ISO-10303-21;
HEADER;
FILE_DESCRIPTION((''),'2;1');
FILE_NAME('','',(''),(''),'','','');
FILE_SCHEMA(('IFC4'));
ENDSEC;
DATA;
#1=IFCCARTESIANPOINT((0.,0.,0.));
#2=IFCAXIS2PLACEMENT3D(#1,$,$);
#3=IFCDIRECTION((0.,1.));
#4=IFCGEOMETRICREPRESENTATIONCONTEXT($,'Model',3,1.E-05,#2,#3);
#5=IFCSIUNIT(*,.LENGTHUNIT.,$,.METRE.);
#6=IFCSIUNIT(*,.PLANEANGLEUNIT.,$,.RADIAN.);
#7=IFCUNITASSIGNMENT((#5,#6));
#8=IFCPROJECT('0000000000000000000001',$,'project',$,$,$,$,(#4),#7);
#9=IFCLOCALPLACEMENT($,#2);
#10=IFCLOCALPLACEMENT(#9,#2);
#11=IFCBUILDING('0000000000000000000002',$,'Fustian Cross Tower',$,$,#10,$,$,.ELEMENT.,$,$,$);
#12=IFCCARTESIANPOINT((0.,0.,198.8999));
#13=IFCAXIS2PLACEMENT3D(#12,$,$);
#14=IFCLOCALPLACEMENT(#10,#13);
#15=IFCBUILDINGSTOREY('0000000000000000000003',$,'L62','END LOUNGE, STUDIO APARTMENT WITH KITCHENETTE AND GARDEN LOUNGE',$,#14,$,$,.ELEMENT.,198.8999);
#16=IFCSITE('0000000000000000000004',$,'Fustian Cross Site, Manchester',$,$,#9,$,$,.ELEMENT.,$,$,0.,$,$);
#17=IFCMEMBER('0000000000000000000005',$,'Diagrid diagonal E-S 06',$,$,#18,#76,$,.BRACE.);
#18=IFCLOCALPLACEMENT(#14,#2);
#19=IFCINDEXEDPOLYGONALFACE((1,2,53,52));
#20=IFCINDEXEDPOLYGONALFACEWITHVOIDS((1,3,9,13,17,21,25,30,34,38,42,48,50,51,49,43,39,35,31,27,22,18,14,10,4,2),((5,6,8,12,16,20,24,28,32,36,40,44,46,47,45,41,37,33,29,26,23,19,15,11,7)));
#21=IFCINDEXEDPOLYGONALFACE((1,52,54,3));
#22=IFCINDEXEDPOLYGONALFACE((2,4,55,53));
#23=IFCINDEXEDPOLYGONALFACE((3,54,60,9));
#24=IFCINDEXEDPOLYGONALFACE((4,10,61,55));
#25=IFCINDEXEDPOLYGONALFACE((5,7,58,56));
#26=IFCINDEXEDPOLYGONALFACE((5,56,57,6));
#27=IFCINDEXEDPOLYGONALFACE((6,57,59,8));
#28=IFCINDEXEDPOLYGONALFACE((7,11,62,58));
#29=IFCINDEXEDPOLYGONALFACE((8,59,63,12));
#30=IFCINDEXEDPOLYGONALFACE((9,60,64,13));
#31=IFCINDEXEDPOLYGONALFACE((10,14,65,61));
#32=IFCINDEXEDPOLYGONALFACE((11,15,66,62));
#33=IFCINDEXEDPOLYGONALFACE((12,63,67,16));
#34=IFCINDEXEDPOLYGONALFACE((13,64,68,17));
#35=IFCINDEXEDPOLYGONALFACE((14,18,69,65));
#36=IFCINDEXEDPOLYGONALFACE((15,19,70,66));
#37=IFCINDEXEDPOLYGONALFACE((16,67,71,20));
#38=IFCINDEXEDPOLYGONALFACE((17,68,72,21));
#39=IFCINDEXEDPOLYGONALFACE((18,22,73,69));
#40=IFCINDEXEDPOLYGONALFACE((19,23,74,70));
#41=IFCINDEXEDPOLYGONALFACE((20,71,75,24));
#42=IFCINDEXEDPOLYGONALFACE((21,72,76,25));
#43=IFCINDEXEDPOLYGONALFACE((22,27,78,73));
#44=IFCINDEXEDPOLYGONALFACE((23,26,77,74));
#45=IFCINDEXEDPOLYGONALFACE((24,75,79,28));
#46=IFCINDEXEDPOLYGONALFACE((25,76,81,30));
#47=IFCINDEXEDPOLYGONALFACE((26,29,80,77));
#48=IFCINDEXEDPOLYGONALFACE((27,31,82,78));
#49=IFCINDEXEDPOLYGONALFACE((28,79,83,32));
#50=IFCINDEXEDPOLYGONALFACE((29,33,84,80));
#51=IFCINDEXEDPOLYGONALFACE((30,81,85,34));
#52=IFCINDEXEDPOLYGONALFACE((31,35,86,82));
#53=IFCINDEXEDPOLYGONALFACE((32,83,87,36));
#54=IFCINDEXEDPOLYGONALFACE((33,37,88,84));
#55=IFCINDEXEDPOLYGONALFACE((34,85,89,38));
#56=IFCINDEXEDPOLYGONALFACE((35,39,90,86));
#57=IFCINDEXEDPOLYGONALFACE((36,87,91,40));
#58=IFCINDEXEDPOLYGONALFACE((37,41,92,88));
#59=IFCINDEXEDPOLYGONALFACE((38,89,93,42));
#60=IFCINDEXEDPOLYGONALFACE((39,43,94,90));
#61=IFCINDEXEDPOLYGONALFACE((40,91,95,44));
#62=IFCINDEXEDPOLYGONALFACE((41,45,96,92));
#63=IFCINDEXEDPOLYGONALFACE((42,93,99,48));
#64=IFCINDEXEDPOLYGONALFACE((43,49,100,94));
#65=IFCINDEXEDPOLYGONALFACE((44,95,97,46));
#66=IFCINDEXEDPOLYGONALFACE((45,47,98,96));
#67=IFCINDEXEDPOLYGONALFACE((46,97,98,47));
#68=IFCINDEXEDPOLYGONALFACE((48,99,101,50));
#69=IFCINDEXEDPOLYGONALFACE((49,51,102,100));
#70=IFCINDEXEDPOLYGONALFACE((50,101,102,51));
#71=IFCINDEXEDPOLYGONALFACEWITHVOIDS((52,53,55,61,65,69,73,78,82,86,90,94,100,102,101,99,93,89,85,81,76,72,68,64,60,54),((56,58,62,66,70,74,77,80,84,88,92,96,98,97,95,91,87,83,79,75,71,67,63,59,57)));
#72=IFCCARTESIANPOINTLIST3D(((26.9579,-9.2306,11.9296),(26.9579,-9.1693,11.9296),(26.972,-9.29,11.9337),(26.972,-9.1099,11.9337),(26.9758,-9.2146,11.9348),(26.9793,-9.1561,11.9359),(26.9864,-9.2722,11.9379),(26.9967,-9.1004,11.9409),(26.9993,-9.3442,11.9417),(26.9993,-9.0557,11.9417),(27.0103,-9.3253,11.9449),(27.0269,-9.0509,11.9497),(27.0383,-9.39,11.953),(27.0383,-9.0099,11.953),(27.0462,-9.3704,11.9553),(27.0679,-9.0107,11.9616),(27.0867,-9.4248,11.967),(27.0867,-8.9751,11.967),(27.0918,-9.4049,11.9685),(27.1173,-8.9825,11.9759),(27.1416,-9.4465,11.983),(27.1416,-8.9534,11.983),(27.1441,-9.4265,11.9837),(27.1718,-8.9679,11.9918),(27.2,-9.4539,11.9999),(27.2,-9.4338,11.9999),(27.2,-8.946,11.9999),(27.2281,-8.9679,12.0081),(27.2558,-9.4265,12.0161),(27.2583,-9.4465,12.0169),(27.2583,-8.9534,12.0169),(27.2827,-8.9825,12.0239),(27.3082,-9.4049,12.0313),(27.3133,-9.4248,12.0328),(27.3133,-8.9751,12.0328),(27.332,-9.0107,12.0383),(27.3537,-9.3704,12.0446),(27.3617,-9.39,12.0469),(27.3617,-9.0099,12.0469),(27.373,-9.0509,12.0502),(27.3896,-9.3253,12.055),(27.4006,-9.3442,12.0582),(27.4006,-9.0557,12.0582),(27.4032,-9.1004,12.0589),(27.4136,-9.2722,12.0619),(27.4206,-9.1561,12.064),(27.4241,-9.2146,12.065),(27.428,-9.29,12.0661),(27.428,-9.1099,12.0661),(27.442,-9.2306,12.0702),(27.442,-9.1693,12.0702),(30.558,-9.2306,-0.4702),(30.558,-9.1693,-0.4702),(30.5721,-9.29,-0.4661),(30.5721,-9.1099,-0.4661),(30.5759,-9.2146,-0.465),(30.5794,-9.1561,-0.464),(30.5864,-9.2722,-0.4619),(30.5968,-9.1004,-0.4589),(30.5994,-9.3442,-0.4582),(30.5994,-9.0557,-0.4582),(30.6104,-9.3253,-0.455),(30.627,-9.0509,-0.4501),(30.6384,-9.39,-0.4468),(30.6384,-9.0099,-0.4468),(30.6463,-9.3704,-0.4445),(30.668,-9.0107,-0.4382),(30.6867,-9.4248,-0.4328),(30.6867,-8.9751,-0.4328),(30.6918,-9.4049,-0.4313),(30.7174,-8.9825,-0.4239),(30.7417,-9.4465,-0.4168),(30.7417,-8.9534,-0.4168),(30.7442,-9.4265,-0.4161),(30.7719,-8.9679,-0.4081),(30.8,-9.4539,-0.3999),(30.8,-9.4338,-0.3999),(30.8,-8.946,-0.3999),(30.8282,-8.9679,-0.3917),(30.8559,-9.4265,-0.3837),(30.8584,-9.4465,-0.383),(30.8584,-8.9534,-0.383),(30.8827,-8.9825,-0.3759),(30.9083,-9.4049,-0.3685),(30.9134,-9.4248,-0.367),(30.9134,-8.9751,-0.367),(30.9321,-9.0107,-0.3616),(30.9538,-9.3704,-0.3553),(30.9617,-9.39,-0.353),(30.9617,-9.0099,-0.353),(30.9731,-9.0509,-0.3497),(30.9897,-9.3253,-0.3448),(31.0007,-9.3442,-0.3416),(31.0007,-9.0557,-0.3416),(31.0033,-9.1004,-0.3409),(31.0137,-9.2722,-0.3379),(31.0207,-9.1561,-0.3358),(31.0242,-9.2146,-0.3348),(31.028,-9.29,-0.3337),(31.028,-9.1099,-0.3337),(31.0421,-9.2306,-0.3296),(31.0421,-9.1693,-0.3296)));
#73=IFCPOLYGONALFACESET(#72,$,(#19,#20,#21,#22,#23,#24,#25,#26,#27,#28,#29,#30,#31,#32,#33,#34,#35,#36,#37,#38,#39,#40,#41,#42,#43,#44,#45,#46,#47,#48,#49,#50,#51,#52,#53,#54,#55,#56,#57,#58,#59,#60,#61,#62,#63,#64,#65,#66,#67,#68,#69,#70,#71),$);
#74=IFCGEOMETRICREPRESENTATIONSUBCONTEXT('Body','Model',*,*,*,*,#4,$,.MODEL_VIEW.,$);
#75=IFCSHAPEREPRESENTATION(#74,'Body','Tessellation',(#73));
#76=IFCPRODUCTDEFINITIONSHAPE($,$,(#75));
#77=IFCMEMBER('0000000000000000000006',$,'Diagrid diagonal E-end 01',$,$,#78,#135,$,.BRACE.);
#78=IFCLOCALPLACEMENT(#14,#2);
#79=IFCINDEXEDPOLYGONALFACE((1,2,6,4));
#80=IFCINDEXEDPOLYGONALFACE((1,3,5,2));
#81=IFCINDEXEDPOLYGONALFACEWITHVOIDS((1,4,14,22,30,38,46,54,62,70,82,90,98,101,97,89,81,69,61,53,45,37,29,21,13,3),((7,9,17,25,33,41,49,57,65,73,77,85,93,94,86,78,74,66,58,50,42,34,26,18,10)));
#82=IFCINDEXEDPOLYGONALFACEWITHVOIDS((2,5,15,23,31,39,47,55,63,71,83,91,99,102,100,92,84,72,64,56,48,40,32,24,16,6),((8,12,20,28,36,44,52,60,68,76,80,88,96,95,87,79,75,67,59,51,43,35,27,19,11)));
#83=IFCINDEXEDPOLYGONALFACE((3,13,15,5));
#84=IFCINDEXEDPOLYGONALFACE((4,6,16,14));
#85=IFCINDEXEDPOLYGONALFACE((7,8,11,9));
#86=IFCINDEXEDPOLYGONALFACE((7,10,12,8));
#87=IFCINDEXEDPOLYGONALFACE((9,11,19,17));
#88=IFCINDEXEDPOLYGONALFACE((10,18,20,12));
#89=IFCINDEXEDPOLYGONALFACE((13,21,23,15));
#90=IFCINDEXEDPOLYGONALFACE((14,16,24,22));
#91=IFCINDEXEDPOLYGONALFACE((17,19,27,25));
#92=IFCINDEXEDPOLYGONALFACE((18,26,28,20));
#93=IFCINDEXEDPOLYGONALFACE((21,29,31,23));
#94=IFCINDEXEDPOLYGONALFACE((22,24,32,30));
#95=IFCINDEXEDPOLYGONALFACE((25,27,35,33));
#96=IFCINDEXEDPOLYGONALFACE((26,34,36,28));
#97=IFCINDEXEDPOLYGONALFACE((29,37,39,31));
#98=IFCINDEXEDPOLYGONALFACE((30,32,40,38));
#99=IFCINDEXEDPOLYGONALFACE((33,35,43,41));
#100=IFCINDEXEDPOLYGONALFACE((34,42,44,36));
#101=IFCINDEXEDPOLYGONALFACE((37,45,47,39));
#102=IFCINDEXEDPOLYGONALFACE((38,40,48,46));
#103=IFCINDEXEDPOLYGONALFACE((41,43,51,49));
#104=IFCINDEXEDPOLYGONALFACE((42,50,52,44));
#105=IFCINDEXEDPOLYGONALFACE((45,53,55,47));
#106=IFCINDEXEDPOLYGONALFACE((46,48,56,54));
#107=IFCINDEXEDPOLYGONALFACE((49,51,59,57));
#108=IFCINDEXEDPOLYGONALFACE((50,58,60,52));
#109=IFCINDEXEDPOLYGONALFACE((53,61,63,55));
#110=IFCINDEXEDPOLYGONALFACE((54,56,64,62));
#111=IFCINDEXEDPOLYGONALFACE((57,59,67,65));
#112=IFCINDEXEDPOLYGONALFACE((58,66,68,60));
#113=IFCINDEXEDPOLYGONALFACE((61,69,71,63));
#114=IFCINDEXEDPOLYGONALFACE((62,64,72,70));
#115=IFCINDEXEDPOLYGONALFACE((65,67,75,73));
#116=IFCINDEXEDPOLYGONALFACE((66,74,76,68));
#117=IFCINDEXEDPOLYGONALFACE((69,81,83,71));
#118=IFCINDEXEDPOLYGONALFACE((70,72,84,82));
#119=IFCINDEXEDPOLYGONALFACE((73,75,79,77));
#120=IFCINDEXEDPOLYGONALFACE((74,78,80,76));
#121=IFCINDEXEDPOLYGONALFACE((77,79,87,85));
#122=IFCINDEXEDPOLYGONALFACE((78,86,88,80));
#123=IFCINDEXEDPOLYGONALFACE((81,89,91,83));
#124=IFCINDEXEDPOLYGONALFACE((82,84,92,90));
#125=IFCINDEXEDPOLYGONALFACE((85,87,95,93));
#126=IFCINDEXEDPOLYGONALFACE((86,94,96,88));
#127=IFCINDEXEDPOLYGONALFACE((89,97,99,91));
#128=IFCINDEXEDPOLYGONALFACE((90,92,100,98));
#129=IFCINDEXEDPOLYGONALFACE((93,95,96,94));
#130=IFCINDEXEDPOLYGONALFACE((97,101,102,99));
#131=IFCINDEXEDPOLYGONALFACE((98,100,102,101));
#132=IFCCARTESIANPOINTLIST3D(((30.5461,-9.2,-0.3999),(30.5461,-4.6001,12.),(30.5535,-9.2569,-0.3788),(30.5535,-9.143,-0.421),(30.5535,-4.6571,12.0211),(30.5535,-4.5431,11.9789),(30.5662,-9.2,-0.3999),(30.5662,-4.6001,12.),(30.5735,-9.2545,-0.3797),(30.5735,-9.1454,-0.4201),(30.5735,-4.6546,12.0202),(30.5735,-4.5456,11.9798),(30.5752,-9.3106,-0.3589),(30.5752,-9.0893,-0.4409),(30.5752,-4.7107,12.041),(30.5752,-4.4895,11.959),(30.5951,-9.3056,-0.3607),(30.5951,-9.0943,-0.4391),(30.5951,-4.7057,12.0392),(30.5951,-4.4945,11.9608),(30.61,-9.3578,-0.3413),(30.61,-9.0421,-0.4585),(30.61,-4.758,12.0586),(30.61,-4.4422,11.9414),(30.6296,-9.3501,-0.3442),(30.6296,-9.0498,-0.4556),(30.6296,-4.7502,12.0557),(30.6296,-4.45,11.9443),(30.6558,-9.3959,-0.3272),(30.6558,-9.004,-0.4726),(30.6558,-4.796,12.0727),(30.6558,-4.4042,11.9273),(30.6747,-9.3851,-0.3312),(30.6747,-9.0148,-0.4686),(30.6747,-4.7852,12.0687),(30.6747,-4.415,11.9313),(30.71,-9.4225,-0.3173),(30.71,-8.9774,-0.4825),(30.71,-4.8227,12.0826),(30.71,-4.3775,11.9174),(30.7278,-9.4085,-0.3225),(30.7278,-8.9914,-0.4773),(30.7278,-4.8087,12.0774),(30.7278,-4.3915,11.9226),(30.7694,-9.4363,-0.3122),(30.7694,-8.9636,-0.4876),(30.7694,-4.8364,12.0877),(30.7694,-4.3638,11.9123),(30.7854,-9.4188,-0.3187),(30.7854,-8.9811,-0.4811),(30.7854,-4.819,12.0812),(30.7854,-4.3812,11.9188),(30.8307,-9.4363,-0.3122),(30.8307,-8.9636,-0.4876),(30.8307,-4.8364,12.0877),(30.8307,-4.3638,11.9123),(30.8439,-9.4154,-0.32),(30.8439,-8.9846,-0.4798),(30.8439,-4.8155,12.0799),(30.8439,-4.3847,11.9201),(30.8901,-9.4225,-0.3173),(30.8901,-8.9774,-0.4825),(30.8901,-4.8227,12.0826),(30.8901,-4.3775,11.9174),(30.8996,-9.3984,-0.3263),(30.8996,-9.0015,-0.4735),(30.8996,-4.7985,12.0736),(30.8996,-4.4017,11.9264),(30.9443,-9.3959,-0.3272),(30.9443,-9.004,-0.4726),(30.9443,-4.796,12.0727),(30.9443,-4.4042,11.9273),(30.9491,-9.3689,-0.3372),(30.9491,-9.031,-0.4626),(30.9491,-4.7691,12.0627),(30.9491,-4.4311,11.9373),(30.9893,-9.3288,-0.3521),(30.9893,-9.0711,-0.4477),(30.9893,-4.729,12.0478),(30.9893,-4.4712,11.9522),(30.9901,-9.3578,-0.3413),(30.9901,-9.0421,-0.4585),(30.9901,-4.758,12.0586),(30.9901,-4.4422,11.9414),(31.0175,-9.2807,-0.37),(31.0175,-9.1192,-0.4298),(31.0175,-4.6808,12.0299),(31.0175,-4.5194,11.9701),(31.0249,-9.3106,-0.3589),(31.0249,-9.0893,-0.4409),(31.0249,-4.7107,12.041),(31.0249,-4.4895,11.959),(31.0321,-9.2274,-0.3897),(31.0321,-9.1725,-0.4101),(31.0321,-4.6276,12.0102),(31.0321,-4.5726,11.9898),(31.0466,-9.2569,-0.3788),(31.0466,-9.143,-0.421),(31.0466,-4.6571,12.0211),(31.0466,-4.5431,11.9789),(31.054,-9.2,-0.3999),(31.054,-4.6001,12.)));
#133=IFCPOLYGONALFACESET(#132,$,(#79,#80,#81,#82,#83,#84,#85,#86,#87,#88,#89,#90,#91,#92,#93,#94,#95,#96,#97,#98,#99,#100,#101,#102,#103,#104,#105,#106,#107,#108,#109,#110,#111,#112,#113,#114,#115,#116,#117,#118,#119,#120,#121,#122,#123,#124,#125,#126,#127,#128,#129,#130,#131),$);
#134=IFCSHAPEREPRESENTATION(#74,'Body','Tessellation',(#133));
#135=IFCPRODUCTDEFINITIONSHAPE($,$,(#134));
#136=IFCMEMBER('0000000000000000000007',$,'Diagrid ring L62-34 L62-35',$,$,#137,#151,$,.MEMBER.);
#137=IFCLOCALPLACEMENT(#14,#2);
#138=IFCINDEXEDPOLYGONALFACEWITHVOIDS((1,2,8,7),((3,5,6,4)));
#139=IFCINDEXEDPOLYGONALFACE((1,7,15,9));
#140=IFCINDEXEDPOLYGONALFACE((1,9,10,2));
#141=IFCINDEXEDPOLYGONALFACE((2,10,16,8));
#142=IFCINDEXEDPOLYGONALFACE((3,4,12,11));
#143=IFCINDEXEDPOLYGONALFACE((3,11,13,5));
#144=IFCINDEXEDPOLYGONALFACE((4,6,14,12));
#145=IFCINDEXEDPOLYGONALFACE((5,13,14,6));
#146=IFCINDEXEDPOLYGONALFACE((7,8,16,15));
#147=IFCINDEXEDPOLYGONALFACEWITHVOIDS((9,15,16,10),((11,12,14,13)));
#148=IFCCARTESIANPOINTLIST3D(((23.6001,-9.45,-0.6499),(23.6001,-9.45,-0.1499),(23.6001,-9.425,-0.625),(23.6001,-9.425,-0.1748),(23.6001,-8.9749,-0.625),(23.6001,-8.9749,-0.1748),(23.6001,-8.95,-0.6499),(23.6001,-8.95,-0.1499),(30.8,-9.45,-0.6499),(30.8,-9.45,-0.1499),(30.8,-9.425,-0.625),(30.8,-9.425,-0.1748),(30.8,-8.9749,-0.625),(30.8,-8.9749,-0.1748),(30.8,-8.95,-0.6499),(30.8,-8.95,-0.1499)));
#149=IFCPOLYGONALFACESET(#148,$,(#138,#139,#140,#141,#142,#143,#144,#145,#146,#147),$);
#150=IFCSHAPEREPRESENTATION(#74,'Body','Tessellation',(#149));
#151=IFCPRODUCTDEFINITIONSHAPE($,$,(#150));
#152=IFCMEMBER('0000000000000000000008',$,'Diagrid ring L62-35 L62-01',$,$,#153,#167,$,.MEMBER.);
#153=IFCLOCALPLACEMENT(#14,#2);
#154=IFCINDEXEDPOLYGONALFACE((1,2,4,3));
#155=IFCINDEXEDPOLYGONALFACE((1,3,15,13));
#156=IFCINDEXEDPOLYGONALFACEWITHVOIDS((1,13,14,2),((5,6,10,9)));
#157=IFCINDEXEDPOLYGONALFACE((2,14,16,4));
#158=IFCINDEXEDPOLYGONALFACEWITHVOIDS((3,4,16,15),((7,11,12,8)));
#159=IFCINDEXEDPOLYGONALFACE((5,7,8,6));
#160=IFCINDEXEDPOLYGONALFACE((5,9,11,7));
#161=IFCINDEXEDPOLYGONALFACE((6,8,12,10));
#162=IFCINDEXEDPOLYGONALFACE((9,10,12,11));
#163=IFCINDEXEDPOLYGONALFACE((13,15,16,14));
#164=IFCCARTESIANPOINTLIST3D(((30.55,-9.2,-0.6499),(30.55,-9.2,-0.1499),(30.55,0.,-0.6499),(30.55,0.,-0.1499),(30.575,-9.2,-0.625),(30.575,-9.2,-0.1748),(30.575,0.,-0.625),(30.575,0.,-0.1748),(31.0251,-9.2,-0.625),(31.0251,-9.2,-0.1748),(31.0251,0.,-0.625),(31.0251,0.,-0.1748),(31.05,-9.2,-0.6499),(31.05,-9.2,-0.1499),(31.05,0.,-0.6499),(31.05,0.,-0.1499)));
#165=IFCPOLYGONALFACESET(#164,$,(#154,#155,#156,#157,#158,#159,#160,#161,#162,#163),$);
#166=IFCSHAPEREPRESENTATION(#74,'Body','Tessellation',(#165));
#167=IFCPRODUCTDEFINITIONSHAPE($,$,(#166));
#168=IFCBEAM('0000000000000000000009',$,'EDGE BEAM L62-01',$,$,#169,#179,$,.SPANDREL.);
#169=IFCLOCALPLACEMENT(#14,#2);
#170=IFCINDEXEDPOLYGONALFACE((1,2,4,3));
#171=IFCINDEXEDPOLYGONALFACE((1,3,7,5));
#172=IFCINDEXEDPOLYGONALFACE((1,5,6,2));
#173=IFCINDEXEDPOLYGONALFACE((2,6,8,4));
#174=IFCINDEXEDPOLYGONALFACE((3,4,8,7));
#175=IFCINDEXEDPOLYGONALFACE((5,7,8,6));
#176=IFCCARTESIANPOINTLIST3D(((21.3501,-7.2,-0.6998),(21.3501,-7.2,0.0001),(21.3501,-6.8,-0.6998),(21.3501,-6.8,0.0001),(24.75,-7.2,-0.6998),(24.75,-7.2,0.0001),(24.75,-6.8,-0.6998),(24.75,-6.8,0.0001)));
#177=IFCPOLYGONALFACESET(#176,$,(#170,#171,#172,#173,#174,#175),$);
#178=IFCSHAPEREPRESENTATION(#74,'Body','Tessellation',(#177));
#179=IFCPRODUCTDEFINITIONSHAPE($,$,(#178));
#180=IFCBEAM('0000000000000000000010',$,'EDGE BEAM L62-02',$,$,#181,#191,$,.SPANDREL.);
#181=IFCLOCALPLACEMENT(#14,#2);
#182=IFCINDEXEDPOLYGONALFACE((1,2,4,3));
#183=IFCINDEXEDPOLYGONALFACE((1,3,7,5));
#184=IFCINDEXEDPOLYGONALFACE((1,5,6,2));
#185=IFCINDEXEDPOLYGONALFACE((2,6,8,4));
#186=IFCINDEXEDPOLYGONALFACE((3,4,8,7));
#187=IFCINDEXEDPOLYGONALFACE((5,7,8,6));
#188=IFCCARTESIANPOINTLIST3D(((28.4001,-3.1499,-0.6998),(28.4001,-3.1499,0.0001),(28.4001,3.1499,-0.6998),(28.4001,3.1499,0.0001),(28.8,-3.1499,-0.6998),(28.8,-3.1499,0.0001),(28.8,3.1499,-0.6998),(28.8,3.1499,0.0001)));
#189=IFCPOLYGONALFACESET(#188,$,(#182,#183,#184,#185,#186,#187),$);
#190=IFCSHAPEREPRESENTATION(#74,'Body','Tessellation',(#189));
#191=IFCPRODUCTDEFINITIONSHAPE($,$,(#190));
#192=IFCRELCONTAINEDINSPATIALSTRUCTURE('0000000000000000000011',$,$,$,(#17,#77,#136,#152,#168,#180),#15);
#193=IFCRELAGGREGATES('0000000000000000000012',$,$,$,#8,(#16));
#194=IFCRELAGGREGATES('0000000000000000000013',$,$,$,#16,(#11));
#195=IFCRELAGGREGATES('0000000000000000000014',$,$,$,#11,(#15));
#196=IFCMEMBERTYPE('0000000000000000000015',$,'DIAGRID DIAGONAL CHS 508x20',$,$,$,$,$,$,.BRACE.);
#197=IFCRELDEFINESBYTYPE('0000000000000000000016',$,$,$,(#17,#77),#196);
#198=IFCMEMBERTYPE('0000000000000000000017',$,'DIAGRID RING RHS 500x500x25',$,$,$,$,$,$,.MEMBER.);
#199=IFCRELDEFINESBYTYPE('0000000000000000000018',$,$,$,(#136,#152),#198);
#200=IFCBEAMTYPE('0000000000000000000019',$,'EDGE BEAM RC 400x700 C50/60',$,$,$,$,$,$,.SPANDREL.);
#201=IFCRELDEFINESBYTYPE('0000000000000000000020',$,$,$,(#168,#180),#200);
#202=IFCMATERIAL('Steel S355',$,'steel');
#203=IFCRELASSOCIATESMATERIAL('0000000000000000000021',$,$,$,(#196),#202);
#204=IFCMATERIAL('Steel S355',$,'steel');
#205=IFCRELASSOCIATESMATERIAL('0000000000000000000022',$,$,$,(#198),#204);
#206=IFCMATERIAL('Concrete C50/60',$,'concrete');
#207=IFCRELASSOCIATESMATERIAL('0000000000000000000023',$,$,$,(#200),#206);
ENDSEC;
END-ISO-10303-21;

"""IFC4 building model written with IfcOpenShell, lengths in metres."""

from ifc_helpers import new_model, si_unit, direction, frame, origin, origin_2d, place, context, subcontext, project, spatial, rectangle, hollow_rectangle, hollow_circle, extrude, material, material_profile, profile_set, type_object, element, save


model = new_model("IFC4")

# Units and contexts
model_context = context("Model", 3, precision=1e-05, world=origin(), true_north=direction((0.0, 1.0)))
body_context = subcontext(model_context, "Body", "Model", "MODEL_VIEW")
ifc_project = project(units=[si_unit("LENGTHUNIT", "METRE"), si_unit("PLANEANGLEUNIT", "RADIAN")], contexts=[model_context])

# Site, building, storey
site_placement = place(None, origin())
site = spatial("IfcSite", under=ifc_project, at=site_placement, Name="Fustian Cross Site, Manchester", CompositionType="ELEMENT", RefElevation=0.0)
building_placement = place(site_placement, origin())
building = spatial("IfcBuilding", under=site, at=building_placement, Name="Fustian Cross Tower", CompositionType="ELEMENT")
storey_placement = place(building_placement, frame((0.0, 0.0, 198.8999)))
storey = spatial("IfcBuildingStorey", under=building, at=storey_placement, Name="L62", Description="END LOUNGE, STUDIO APARTMENT WITH KITCHENETTE AND GARDEN LOUNGE", CompositionType="ELEMENT", Elevation=198.8999)

# Members
ifc_material_1 = material(Name="Steel S355", Category="steel")
ifc_material_profile_1 = material_profile(ifc_material_1, hollow_circle(Radius=0.2539, WallThickness=0.02, at=origin_2d()), Name="CHS 508x20")
ifc_profile_set_1 = profile_set([ifc_material_profile_1], Name="Steel S355")
member_type_1 = type_object("IfcMemberType", Name="DIAGRID DIAGONAL CHS 508x20", PredefinedType="BRACE", material=ifc_profile_set_1)
member_1_placement = place(storey_placement, frame((30.8, -9.2, -0.3999), z_axis=(-0.278819, 0.0, 0.960344), x_axis=(0.0, -1.0, 0.0)))
element("IfcMember", 1, at=member_1_placement, inside=storey, type_object=member_type_1, Name="Diagrid diagonal E-S 06", PredefinedType="BRACE", context=body_context, shape_type="SweptSolid", body=[
    extrude(hollow_circle(Radius=0.2539, WallThickness=0.02, at=origin_2d()), origin(), (0.0, 0.0, 1.0), 12.9119),
])
member_2_placement = place(storey_placement, frame((30.8, -9.2, -0.3999), z_axis=(0.0, 0.347799, 0.937569), x_axis=(-1.0, 0.0, 0.0)))
element("IfcMember", 2, at=member_2_placement, inside=storey, type_object=member_type_1, Name="Diagrid diagonal E-end 01", PredefinedType="BRACE", context=body_context, shape_type="SweptSolid", body=[
    extrude(hollow_circle(Radius=0.2539, WallThickness=0.02, at=origin_2d()), origin(), (0.0, 0.0, 1.0), 13.2256),
])
ifc_material_2 = material(Name="Steel S355", Category="steel")
ifc_material_profile_2 = material_profile(ifc_material_2, hollow_rectangle(XDim=0.5, YDim=0.5, WallThickness=0.0249, at=origin_2d()), Name="RHS 500x500x25")
ifc_profile_set_2 = profile_set([ifc_material_profile_2], Name="Steel S355")
member_type_2 = type_object("IfcMemberType", Name="DIAGRID RING RHS 500x500x25", PredefinedType="MEMBER", material=ifc_profile_set_2)
member_3_placement = place(storey_placement, frame((23.6001, -9.2, -0.3999), z_axis=(1.0, 0.0, 0.0), x_axis=(0.0, 1.0, 0.0)))
element("IfcMember", 3, at=member_3_placement, inside=storey, type_object=member_type_2, Name="Diagrid ring L62-34 L62-35", PredefinedType="MEMBER", context=body_context, shape_type="SweptSolid", body=[
    extrude(hollow_rectangle(XDim=0.5, YDim=0.5, WallThickness=0.0249, at=origin_2d()), origin(), (0.0, 0.0, 1.0), 7.2),
])
member_4_placement = place(storey_placement, frame((30.8, -9.2, -0.3999), z_axis=(0.0, 1.0, 0.0), x_axis=(-1.0, 0.0, 0.0)))
element("IfcMember", 4, at=member_4_placement, inside=storey, type_object=member_type_2, Name="Diagrid ring L62-35 L62-01", PredefinedType="MEMBER", context=body_context, shape_type="SweptSolid", body=[
    extrude(hollow_rectangle(XDim=0.5, YDim=0.5, WallThickness=0.0249, at=origin_2d()), origin(), (0.0, 0.0, 1.0), 9.2),
])

# Beams
ifc_material_3 = material(Name="Concrete C50/60", Category="concrete")
ifc_material_profile_3 = material_profile(ifc_material_3, rectangle(XDim=0.3999, YDim=0.7, at=origin_2d()), Name="RC 400x700")
ifc_profile_set_3 = profile_set([ifc_material_profile_3], Name="Concrete C50/60")
beam_type = type_object("IfcBeamType", Name="EDGE BEAM RC 400x700 C50/60", PredefinedType="SPANDREL", material=ifc_profile_set_3)
beam_1_placement = place(storey_placement, frame((21.3501, -7.0, -0.3499), z_axis=(1.0, 0.0, 0.0), x_axis=(0.0, 1.0, 0.0)))
element("IfcBeam", 5, at=beam_1_placement, inside=storey, type_object=beam_type, Name="EDGE BEAM L62-01", PredefinedType="SPANDREL", context=body_context, shape_type="SweptSolid", body=[
    extrude(rectangle(XDim=0.3999, YDim=0.7, at=origin_2d()), origin(), (0.0, 0.0, 1.0), 3.3999),
])
beam_2_placement = place(storey_placement, frame((28.6001, -3.1499, -0.3499), z_axis=(0.0, 1.0, 0.0), x_axis=(-1.0, 0.0, 0.0)))
element("IfcBeam", 6, at=beam_2_placement, inside=storey, type_object=beam_type, Name="EDGE BEAM L62-02", PredefinedType="SPANDREL", context=body_context, shape_type="SweptSolid", body=[
    extrude(rectangle(XDim=0.3999, YDim=0.7, at=origin_2d()), origin(), (0.0, 0.0, 1.0), 6.2998),
])

save(model, "model.ifc")
